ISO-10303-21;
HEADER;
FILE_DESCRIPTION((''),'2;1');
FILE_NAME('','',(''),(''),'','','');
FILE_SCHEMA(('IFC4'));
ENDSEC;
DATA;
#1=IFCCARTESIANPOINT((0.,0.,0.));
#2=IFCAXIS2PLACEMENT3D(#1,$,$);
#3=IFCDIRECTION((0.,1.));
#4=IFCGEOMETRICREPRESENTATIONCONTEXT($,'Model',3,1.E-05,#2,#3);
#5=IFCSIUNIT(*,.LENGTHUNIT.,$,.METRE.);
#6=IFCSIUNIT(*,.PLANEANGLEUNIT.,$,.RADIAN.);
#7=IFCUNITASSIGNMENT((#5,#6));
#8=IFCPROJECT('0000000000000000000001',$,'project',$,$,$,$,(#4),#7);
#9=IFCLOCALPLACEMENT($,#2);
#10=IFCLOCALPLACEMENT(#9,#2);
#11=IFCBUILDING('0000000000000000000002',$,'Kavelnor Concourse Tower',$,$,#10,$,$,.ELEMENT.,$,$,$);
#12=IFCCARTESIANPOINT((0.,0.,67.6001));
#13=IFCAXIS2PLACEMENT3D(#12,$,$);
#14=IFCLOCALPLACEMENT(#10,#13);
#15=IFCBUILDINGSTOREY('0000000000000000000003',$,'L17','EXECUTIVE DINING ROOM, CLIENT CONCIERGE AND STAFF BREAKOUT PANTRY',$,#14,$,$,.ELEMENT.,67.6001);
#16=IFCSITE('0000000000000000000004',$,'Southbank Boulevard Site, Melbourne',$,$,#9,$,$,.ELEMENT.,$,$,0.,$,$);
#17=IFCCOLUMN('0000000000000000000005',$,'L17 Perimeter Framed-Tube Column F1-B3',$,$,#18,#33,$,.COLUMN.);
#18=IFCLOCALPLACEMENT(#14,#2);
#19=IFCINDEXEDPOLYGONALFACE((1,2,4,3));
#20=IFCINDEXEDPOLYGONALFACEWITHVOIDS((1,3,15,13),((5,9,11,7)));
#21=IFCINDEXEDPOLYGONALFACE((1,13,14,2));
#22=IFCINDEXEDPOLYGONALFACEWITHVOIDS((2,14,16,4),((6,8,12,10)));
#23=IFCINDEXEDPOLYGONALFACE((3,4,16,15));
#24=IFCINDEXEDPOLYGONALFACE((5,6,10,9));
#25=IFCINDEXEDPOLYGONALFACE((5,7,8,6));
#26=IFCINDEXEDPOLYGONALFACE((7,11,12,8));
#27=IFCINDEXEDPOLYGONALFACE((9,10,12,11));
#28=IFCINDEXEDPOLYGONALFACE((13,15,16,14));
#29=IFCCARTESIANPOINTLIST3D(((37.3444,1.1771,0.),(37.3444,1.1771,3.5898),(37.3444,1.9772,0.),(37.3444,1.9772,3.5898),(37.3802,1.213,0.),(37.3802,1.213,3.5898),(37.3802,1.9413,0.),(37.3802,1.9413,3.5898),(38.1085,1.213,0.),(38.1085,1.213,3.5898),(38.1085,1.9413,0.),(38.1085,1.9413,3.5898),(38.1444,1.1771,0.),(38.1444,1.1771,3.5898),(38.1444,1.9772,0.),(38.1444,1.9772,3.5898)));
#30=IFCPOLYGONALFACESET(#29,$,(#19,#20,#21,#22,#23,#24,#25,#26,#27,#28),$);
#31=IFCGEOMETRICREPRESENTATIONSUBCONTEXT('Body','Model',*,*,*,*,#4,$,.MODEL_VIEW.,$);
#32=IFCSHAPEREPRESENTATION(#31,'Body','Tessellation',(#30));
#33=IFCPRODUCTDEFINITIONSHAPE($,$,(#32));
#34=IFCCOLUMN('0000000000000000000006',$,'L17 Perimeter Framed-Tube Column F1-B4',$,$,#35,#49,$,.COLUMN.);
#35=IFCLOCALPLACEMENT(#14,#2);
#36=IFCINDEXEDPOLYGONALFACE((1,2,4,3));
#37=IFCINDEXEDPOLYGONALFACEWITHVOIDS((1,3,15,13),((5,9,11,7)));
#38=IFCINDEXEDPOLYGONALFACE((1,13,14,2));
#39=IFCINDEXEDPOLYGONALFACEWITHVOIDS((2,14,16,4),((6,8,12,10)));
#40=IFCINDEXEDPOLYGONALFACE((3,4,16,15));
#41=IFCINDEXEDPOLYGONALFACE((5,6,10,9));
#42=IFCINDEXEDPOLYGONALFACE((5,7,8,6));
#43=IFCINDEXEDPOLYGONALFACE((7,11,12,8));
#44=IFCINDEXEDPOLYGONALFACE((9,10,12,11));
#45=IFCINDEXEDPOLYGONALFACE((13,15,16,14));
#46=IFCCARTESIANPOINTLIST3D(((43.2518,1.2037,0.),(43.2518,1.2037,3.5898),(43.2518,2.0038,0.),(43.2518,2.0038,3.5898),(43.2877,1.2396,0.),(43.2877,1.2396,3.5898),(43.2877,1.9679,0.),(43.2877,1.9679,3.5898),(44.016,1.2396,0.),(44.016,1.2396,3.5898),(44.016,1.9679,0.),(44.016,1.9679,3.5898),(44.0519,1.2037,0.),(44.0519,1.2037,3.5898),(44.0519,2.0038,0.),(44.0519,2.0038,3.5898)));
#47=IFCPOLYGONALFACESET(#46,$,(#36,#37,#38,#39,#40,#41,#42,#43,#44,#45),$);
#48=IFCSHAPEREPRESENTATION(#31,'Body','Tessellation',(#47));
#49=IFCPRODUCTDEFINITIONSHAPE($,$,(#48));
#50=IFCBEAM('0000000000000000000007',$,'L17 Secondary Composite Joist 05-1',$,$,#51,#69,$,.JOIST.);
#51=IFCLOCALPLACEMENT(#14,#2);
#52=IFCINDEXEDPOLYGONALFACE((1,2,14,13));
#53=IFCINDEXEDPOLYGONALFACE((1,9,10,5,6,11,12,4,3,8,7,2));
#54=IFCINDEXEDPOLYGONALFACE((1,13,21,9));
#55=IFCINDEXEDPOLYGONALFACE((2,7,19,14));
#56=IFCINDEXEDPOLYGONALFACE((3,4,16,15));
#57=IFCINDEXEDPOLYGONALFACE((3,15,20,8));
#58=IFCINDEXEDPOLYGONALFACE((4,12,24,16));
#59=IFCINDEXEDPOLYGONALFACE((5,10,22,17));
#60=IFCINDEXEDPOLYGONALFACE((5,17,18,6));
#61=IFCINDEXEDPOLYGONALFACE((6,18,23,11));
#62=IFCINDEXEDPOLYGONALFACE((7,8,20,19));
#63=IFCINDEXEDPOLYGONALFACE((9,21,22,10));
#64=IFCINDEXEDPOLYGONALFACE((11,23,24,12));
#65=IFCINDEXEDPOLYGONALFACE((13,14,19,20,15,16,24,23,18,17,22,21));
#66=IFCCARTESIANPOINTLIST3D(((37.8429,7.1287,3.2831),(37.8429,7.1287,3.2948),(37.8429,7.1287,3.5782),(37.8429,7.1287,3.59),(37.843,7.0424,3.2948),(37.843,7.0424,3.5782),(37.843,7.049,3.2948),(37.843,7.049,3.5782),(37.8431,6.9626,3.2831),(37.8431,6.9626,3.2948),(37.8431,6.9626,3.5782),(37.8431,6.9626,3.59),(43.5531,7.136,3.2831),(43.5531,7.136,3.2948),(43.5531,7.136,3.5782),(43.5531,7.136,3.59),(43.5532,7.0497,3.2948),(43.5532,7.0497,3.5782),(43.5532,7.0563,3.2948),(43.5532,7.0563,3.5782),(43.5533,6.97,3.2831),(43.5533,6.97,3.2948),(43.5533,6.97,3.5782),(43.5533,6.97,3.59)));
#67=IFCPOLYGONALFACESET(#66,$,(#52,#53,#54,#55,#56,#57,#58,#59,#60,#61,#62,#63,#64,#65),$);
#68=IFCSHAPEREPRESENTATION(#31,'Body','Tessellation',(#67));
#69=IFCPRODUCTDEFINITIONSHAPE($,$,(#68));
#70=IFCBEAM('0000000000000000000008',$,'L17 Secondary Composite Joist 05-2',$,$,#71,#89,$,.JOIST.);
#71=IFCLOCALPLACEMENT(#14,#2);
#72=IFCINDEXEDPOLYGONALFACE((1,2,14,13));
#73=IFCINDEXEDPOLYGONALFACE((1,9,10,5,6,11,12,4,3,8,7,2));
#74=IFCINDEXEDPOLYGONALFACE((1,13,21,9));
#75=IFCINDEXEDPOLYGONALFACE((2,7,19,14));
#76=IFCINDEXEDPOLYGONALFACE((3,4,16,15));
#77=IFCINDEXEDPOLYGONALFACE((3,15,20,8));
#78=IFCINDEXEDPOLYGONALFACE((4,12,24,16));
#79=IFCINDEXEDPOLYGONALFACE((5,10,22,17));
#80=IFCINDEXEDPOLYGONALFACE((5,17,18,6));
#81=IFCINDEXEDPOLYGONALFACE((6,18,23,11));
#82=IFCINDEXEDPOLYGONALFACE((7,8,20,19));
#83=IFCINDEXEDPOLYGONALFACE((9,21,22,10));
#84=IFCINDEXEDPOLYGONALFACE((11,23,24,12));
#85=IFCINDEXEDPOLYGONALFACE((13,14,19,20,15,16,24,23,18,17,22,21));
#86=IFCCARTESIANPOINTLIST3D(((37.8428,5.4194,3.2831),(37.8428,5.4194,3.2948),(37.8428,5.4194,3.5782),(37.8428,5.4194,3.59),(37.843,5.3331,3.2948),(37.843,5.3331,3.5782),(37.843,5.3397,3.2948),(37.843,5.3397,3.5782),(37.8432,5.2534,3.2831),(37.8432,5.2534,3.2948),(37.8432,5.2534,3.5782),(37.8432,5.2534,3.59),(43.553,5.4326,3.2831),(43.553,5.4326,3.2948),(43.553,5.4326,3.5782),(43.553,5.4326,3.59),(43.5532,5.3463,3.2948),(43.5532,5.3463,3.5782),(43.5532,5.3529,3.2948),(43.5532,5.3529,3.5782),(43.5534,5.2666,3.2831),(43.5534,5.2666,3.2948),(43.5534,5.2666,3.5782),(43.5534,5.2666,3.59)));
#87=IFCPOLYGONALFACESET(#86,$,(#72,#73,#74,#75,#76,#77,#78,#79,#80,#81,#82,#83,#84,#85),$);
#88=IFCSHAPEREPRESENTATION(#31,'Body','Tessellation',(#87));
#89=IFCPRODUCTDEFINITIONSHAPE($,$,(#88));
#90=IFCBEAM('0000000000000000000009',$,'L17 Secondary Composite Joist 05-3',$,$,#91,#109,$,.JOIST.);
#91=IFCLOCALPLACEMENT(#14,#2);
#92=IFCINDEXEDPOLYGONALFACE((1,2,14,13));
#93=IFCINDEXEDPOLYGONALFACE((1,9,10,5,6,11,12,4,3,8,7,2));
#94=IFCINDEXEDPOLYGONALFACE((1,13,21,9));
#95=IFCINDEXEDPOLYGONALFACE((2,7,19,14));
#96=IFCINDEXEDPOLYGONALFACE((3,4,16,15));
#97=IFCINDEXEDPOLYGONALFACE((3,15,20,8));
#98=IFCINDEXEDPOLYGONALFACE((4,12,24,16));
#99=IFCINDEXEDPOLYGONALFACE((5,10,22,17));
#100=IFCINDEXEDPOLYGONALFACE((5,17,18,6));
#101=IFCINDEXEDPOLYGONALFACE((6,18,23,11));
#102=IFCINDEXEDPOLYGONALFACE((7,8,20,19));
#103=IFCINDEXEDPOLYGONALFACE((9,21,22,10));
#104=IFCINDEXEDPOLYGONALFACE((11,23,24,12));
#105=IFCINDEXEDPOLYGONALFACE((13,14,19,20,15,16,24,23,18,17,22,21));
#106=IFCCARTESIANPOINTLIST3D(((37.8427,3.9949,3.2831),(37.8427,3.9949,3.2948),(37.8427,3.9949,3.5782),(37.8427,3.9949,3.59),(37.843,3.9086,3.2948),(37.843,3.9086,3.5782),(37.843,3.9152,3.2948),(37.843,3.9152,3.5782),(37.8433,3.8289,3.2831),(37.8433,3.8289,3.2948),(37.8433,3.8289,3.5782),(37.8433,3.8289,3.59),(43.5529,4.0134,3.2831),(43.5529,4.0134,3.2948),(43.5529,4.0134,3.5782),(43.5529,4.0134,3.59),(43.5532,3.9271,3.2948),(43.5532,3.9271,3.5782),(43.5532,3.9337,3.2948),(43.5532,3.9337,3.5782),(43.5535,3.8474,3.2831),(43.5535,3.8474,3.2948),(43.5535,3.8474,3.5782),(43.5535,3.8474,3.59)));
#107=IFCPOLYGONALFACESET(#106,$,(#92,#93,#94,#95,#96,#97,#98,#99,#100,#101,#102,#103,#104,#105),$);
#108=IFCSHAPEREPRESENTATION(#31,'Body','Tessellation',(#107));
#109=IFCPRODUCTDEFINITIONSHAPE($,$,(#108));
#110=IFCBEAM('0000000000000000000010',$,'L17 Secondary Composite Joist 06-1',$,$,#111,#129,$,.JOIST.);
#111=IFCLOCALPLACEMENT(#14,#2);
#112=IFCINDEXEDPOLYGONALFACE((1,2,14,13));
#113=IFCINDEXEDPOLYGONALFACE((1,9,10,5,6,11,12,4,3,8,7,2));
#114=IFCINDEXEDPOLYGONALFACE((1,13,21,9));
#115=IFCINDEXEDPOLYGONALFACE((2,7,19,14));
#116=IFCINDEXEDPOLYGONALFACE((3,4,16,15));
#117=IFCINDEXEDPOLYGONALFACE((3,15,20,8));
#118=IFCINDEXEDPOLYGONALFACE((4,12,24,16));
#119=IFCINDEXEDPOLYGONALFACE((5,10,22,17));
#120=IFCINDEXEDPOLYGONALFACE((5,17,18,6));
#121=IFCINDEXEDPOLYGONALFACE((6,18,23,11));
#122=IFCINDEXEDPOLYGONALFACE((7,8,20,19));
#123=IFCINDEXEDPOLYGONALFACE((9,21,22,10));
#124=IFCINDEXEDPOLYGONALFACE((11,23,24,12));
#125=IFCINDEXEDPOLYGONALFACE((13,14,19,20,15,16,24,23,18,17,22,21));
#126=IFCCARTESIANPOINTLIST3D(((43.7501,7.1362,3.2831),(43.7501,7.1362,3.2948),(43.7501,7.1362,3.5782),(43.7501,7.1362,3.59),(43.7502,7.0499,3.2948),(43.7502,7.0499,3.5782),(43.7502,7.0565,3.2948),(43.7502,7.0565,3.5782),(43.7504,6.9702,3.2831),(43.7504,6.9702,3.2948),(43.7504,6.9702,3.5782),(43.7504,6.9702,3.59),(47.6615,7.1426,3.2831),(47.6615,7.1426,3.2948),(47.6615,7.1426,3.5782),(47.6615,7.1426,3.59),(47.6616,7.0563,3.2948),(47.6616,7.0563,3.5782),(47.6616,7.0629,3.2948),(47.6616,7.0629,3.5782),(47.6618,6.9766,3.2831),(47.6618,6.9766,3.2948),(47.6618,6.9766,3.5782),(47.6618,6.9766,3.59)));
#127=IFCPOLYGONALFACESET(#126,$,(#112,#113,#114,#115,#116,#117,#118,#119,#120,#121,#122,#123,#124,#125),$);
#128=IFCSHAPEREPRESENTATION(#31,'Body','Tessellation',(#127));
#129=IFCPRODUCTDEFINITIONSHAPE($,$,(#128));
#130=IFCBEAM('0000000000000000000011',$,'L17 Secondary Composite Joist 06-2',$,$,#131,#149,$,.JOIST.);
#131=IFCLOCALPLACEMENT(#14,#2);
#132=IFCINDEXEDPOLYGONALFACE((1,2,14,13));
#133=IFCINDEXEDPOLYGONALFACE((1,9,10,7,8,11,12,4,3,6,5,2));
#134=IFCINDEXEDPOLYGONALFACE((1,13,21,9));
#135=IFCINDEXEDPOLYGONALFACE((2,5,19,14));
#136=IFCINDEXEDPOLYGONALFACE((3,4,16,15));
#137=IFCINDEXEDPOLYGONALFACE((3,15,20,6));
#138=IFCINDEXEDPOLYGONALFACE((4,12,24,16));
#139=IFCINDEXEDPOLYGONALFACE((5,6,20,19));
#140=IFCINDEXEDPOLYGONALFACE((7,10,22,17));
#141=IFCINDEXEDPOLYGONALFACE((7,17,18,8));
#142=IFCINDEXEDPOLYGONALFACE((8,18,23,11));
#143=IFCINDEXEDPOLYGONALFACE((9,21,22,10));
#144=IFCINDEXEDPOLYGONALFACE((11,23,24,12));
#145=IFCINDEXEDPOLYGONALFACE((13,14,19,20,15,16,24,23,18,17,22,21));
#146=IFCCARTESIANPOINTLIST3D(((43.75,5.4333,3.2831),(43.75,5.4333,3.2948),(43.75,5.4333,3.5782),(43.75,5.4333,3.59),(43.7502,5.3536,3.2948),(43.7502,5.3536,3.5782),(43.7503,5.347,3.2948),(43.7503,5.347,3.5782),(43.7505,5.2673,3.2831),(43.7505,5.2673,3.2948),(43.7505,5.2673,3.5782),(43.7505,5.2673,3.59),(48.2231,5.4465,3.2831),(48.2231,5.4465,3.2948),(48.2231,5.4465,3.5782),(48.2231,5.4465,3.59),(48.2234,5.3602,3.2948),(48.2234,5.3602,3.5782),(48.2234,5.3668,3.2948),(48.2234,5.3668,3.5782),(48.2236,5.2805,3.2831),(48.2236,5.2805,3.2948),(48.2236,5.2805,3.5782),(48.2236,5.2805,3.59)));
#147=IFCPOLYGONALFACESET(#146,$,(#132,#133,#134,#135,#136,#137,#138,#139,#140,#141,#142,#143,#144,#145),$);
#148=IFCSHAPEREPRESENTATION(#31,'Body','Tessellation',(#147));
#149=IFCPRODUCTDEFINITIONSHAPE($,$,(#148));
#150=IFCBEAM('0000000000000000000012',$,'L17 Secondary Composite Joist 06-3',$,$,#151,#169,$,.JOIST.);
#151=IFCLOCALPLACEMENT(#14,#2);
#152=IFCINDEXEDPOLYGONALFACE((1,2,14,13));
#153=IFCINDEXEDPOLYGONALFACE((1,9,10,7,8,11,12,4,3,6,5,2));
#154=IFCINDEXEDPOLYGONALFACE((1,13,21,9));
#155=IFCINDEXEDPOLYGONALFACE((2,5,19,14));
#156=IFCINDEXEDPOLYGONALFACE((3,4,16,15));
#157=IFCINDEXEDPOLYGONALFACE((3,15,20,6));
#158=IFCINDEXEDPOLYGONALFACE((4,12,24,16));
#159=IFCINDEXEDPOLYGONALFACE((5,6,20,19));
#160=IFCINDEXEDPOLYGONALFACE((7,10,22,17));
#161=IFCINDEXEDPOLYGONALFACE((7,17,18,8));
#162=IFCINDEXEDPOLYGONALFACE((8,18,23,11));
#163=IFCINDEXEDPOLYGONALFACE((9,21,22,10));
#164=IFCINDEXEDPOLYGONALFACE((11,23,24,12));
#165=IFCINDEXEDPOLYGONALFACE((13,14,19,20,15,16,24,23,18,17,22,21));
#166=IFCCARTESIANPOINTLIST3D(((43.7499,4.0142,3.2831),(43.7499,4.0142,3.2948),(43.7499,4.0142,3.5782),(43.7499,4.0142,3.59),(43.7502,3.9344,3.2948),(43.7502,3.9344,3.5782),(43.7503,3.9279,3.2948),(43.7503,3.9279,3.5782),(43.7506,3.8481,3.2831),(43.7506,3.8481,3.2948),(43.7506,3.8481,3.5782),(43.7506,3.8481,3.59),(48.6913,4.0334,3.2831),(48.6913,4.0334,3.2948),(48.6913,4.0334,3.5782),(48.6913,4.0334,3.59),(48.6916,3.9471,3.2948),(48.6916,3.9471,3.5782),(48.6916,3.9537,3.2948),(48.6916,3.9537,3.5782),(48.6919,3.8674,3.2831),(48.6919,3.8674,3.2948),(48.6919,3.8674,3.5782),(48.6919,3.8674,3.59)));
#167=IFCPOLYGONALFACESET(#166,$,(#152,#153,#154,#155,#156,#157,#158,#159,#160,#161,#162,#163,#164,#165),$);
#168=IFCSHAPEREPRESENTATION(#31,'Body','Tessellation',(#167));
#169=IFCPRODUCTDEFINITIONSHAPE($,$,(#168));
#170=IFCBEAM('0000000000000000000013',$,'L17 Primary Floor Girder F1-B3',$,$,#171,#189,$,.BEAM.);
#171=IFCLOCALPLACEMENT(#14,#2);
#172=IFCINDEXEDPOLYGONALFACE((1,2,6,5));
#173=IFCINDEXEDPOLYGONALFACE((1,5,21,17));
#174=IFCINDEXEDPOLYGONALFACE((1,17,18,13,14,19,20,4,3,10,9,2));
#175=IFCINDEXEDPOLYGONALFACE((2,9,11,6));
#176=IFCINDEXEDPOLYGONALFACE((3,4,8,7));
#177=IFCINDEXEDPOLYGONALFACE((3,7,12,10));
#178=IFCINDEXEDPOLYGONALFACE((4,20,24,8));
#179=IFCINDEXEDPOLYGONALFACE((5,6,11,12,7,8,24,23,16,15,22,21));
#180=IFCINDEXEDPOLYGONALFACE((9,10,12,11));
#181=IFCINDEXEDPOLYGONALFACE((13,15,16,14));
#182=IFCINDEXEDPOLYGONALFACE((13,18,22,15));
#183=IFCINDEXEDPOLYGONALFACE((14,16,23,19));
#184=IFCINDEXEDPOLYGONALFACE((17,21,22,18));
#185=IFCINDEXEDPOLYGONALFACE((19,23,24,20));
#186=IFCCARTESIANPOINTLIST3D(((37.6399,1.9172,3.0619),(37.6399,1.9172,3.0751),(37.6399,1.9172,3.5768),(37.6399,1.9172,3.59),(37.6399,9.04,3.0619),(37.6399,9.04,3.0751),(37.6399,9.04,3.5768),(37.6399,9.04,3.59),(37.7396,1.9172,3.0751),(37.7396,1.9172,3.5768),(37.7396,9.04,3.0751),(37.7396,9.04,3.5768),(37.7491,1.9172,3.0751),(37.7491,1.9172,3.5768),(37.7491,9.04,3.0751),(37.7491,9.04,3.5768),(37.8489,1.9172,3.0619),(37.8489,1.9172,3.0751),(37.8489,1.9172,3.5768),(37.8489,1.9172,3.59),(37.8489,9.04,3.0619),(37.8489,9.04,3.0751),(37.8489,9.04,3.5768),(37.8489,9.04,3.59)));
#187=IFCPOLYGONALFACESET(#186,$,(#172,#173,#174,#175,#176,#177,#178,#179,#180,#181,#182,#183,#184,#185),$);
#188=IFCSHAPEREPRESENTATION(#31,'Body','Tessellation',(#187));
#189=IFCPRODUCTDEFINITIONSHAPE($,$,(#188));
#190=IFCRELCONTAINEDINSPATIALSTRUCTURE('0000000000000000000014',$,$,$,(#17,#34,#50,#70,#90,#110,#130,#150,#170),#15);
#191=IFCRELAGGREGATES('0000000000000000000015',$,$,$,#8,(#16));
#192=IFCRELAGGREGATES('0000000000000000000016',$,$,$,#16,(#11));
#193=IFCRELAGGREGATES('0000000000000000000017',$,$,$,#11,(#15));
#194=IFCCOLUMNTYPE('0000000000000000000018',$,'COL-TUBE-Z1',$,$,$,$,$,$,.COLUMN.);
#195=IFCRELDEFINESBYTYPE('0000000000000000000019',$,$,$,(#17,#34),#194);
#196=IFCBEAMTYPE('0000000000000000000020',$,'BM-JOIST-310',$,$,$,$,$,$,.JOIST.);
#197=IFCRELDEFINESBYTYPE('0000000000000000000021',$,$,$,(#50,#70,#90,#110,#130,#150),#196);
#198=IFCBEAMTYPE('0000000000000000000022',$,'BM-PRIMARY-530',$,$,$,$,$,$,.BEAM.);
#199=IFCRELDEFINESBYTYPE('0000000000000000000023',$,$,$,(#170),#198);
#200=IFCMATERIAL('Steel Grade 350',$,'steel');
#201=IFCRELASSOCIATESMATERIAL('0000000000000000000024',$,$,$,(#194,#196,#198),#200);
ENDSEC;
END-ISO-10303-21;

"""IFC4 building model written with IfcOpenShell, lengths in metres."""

from ifc_helpers import new_model, si_unit, direction, frame, origin, origin_2d, place, context, subcontext, project, spatial, hollow_rectangle, i_section, extrude, material, material_profile, profile_set, type_object, element, save


model = new_model("IFC4")

# Units and contexts
model_context = context("Model", 3, precision=1e-05, world=origin(), true_north=direction((0.0, 1.0)))
body_context = subcontext(model_context, "Body", "Model", "MODEL_VIEW")
ifc_project = project(units=[si_unit("LENGTHUNIT", "METRE"), si_unit("PLANEANGLEUNIT", "RADIAN")], contexts=[model_context])

# Site, building, storey
site_placement = place(None, origin())
site = spatial("IfcSite", under=ifc_project, at=site_placement, Name="Southbank Boulevard Site, Melbourne", CompositionType="ELEMENT", RefElevation=0.0)
building_placement = place(site_placement, origin())
building = spatial("IfcBuilding", under=site, at=building_placement, Name="Kavelnor Concourse Tower", CompositionType="ELEMENT")
storey_placement = place(building_placement, frame((0.0, 0.0, 67.6001)))
storey = spatial("IfcBuildingStorey", under=building, at=storey_placement, Name="L17", Description="EXECUTIVE DINING ROOM, CLIENT CONCIERGE AND STAFF BREAKOUT PANTRY", CompositionType="ELEMENT", Elevation=67.6001)

# Columns
ifc_material_1 = material(Name="Steel Grade 350", Category="steel")
ifc_material_profile_1 = material_profile(ifc_material_1, hollow_rectangle(XDim=0.8, YDim=0.8, WallThickness=0.0359, at=origin_2d()), Name="SHS 800x800x36")
ifc_profile_set_1 = profile_set([ifc_material_profile_1], Name="Steel Grade 350")
column_type = type_object("IfcColumnType", Name="COL-TUBE-Z1", PredefinedType="COLUMN", material=ifc_profile_set_1)
for number, where, z_axis, x_axis, name in (
    (1, (37.7444, 1.5771, 0.0), (0.0, 0.0, 1.0), (1.0, 0.0, 0.0), "L17 Perimeter Framed-Tube Column F1-B3"),
    (2, (43.6519, 1.6038, 0.0), (0.0, 0.0, 1.0), (1.0, 0.0, 0.0), "L17 Perimeter Framed-Tube Column F1-B4"),
):
    element("IfcColumn", number, at=place(storey_placement, frame(where, z_axis=z_axis, x_axis=x_axis)), inside=storey, type_object=column_type, Name=name, PredefinedType="COLUMN", context=body_context, shape_type="SweptSolid", body=[
        extrude(hollow_rectangle(XDim=0.8, YDim=0.8, WallThickness=0.0359, at=origin_2d()), origin(), (0.0, 0.0, 1.0), 3.5898),
    ])

# Beams
ifc_material_profile_2 = material_profile(ifc_material_1, i_section(OverallWidth=0.166, OverallDepth=0.3069, WebThickness=0.0066, FlangeThickness=0.0117, at=origin_2d()), Name="310UB46")
ifc_profile_set_2 = profile_set([ifc_material_profile_2], Name="Steel Grade 350")
beam_type_1 = type_object("IfcBeamType", Name="BM-JOIST-310", PredefinedType="JOIST", material=ifc_profile_set_2)
for number, where, z_axis, x_axis, name in (
    (3, (37.843, 7.0457, 3.4365), (0.999999, 0.001283, 0.0), (-0.001283, 0.999999, 0.0), "L17 Secondary Composite Joist 05-1"),
    (4, (37.843, 5.3364, 3.4365), (0.999997, 0.002309, 0.0), (-0.002309, 0.999997, 0.0), "L17 Secondary Composite Joist 05-2"),
    (5, (37.843, 3.9119, 3.4365), (0.999995, 0.003249, 0.0), (-0.003249, 0.999995, 0.0), "L17 Secondary Composite Joist 05-3"),
):
    element("IfcBeam", number, at=place(storey_placement, frame(where, z_axis=z_axis, x_axis=x_axis)), inside=storey, type_object=beam_type_1, Name=name, PredefinedType="JOIST", context=body_context, shape_type="SweptSolid", body=[
        extrude(i_section(OverallWidth=0.166, OverallDepth=0.3069, WebThickness=0.0066, FlangeThickness=0.0117, at=origin_2d()), origin(), (0.0, 0.0, 1.0), 5.7102),
    ])
beam_1_placement = place(storey_placement, frame((43.7502, 7.0532, 3.4365), z_axis=(0.999999, 0.001623, 0.0), x_axis=(-0.001623, 0.999999, 0.0)))
element("IfcBeam", 6, at=beam_1_placement, inside=storey, type_object=beam_type_1, Name="L17 Secondary Composite Joist 06-1", PredefinedType="JOIST", context=body_context, shape_type="SweptSolid", body=[
    extrude(i_section(OverallWidth=0.166, OverallDepth=0.3069, WebThickness=0.0066, FlangeThickness=0.0117, at=origin_2d()), origin(), (0.0, 0.0, 1.0), 3.9114),
])
beam_2_placement = place(storey_placement, frame((43.7502, 5.3503, 3.4365), z_axis=(0.999996, 0.002947, 0.0), x_axis=(-0.002947, 0.999996, 0.0)))
element("IfcBeam", 7, at=beam_2_placement, inside=storey, type_object=beam_type_1, Name="L17 Secondary Composite Joist 06-2", PredefinedType="JOIST", context=body_context, shape_type="SweptSolid", body=[
    extrude(i_section(OverallWidth=0.166, OverallDepth=0.3069, WebThickness=0.0066, FlangeThickness=0.0117, at=origin_2d()), origin(), (0.0, 0.0, 1.0), 4.4731),
])
beam_3_placement = place(storey_placement, frame((43.7502, 3.9312, 3.4365), z_axis=(0.999992, 0.003903, 0.0), x_axis=(-0.003903, 0.999992, 0.0)))
element("IfcBeam", 8, at=beam_3_placement, inside=storey, type_object=beam_type_1, Name="L17 Secondary Composite Joist 06-3", PredefinedType="JOIST", context=body_context, shape_type="SweptSolid", body=[
    extrude(i_section(OverallWidth=0.166, OverallDepth=0.3069, WebThickness=0.0066, FlangeThickness=0.0117, at=origin_2d()), origin(), (0.0, 0.0, 1.0), 4.9414),
])
ifc_material_profile_3 = material_profile(ifc_material_1, i_section(OverallWidth=0.209, OverallDepth=0.5281, WebThickness=0.0095, FlangeThickness=0.0132, at=origin_2d()), Name="530UB82")
ifc_profile_set_3 = profile_set([ifc_material_profile_3], Name="Steel Grade 350")
beam_type_2 = type_object("IfcBeamType", Name="BM-PRIMARY-530", PredefinedType="BEAM", material=ifc_profile_set_3)
beam_4_placement = place(storey_placement, frame((37.7444, 9.04, 3.3259), z_axis=(0.0, -1.0, 0.0), x_axis=(1.0, 0.0, 0.0)))
element("IfcBeam", 9, at=beam_4_placement, inside=storey, type_object=beam_type_2, Name="L17 Primary Floor Girder F1-B3", PredefinedType="BEAM", context=body_context, shape_type="SweptSolid", body=[
    extrude(i_section(OverallWidth=0.209, OverallDepth=0.5281, WebThickness=0.0095, FlangeThickness=0.0132, at=origin_2d()), origin(), (0.0, 0.0, 1.0), 7.1228),
])

save(model, "model.ifc")
